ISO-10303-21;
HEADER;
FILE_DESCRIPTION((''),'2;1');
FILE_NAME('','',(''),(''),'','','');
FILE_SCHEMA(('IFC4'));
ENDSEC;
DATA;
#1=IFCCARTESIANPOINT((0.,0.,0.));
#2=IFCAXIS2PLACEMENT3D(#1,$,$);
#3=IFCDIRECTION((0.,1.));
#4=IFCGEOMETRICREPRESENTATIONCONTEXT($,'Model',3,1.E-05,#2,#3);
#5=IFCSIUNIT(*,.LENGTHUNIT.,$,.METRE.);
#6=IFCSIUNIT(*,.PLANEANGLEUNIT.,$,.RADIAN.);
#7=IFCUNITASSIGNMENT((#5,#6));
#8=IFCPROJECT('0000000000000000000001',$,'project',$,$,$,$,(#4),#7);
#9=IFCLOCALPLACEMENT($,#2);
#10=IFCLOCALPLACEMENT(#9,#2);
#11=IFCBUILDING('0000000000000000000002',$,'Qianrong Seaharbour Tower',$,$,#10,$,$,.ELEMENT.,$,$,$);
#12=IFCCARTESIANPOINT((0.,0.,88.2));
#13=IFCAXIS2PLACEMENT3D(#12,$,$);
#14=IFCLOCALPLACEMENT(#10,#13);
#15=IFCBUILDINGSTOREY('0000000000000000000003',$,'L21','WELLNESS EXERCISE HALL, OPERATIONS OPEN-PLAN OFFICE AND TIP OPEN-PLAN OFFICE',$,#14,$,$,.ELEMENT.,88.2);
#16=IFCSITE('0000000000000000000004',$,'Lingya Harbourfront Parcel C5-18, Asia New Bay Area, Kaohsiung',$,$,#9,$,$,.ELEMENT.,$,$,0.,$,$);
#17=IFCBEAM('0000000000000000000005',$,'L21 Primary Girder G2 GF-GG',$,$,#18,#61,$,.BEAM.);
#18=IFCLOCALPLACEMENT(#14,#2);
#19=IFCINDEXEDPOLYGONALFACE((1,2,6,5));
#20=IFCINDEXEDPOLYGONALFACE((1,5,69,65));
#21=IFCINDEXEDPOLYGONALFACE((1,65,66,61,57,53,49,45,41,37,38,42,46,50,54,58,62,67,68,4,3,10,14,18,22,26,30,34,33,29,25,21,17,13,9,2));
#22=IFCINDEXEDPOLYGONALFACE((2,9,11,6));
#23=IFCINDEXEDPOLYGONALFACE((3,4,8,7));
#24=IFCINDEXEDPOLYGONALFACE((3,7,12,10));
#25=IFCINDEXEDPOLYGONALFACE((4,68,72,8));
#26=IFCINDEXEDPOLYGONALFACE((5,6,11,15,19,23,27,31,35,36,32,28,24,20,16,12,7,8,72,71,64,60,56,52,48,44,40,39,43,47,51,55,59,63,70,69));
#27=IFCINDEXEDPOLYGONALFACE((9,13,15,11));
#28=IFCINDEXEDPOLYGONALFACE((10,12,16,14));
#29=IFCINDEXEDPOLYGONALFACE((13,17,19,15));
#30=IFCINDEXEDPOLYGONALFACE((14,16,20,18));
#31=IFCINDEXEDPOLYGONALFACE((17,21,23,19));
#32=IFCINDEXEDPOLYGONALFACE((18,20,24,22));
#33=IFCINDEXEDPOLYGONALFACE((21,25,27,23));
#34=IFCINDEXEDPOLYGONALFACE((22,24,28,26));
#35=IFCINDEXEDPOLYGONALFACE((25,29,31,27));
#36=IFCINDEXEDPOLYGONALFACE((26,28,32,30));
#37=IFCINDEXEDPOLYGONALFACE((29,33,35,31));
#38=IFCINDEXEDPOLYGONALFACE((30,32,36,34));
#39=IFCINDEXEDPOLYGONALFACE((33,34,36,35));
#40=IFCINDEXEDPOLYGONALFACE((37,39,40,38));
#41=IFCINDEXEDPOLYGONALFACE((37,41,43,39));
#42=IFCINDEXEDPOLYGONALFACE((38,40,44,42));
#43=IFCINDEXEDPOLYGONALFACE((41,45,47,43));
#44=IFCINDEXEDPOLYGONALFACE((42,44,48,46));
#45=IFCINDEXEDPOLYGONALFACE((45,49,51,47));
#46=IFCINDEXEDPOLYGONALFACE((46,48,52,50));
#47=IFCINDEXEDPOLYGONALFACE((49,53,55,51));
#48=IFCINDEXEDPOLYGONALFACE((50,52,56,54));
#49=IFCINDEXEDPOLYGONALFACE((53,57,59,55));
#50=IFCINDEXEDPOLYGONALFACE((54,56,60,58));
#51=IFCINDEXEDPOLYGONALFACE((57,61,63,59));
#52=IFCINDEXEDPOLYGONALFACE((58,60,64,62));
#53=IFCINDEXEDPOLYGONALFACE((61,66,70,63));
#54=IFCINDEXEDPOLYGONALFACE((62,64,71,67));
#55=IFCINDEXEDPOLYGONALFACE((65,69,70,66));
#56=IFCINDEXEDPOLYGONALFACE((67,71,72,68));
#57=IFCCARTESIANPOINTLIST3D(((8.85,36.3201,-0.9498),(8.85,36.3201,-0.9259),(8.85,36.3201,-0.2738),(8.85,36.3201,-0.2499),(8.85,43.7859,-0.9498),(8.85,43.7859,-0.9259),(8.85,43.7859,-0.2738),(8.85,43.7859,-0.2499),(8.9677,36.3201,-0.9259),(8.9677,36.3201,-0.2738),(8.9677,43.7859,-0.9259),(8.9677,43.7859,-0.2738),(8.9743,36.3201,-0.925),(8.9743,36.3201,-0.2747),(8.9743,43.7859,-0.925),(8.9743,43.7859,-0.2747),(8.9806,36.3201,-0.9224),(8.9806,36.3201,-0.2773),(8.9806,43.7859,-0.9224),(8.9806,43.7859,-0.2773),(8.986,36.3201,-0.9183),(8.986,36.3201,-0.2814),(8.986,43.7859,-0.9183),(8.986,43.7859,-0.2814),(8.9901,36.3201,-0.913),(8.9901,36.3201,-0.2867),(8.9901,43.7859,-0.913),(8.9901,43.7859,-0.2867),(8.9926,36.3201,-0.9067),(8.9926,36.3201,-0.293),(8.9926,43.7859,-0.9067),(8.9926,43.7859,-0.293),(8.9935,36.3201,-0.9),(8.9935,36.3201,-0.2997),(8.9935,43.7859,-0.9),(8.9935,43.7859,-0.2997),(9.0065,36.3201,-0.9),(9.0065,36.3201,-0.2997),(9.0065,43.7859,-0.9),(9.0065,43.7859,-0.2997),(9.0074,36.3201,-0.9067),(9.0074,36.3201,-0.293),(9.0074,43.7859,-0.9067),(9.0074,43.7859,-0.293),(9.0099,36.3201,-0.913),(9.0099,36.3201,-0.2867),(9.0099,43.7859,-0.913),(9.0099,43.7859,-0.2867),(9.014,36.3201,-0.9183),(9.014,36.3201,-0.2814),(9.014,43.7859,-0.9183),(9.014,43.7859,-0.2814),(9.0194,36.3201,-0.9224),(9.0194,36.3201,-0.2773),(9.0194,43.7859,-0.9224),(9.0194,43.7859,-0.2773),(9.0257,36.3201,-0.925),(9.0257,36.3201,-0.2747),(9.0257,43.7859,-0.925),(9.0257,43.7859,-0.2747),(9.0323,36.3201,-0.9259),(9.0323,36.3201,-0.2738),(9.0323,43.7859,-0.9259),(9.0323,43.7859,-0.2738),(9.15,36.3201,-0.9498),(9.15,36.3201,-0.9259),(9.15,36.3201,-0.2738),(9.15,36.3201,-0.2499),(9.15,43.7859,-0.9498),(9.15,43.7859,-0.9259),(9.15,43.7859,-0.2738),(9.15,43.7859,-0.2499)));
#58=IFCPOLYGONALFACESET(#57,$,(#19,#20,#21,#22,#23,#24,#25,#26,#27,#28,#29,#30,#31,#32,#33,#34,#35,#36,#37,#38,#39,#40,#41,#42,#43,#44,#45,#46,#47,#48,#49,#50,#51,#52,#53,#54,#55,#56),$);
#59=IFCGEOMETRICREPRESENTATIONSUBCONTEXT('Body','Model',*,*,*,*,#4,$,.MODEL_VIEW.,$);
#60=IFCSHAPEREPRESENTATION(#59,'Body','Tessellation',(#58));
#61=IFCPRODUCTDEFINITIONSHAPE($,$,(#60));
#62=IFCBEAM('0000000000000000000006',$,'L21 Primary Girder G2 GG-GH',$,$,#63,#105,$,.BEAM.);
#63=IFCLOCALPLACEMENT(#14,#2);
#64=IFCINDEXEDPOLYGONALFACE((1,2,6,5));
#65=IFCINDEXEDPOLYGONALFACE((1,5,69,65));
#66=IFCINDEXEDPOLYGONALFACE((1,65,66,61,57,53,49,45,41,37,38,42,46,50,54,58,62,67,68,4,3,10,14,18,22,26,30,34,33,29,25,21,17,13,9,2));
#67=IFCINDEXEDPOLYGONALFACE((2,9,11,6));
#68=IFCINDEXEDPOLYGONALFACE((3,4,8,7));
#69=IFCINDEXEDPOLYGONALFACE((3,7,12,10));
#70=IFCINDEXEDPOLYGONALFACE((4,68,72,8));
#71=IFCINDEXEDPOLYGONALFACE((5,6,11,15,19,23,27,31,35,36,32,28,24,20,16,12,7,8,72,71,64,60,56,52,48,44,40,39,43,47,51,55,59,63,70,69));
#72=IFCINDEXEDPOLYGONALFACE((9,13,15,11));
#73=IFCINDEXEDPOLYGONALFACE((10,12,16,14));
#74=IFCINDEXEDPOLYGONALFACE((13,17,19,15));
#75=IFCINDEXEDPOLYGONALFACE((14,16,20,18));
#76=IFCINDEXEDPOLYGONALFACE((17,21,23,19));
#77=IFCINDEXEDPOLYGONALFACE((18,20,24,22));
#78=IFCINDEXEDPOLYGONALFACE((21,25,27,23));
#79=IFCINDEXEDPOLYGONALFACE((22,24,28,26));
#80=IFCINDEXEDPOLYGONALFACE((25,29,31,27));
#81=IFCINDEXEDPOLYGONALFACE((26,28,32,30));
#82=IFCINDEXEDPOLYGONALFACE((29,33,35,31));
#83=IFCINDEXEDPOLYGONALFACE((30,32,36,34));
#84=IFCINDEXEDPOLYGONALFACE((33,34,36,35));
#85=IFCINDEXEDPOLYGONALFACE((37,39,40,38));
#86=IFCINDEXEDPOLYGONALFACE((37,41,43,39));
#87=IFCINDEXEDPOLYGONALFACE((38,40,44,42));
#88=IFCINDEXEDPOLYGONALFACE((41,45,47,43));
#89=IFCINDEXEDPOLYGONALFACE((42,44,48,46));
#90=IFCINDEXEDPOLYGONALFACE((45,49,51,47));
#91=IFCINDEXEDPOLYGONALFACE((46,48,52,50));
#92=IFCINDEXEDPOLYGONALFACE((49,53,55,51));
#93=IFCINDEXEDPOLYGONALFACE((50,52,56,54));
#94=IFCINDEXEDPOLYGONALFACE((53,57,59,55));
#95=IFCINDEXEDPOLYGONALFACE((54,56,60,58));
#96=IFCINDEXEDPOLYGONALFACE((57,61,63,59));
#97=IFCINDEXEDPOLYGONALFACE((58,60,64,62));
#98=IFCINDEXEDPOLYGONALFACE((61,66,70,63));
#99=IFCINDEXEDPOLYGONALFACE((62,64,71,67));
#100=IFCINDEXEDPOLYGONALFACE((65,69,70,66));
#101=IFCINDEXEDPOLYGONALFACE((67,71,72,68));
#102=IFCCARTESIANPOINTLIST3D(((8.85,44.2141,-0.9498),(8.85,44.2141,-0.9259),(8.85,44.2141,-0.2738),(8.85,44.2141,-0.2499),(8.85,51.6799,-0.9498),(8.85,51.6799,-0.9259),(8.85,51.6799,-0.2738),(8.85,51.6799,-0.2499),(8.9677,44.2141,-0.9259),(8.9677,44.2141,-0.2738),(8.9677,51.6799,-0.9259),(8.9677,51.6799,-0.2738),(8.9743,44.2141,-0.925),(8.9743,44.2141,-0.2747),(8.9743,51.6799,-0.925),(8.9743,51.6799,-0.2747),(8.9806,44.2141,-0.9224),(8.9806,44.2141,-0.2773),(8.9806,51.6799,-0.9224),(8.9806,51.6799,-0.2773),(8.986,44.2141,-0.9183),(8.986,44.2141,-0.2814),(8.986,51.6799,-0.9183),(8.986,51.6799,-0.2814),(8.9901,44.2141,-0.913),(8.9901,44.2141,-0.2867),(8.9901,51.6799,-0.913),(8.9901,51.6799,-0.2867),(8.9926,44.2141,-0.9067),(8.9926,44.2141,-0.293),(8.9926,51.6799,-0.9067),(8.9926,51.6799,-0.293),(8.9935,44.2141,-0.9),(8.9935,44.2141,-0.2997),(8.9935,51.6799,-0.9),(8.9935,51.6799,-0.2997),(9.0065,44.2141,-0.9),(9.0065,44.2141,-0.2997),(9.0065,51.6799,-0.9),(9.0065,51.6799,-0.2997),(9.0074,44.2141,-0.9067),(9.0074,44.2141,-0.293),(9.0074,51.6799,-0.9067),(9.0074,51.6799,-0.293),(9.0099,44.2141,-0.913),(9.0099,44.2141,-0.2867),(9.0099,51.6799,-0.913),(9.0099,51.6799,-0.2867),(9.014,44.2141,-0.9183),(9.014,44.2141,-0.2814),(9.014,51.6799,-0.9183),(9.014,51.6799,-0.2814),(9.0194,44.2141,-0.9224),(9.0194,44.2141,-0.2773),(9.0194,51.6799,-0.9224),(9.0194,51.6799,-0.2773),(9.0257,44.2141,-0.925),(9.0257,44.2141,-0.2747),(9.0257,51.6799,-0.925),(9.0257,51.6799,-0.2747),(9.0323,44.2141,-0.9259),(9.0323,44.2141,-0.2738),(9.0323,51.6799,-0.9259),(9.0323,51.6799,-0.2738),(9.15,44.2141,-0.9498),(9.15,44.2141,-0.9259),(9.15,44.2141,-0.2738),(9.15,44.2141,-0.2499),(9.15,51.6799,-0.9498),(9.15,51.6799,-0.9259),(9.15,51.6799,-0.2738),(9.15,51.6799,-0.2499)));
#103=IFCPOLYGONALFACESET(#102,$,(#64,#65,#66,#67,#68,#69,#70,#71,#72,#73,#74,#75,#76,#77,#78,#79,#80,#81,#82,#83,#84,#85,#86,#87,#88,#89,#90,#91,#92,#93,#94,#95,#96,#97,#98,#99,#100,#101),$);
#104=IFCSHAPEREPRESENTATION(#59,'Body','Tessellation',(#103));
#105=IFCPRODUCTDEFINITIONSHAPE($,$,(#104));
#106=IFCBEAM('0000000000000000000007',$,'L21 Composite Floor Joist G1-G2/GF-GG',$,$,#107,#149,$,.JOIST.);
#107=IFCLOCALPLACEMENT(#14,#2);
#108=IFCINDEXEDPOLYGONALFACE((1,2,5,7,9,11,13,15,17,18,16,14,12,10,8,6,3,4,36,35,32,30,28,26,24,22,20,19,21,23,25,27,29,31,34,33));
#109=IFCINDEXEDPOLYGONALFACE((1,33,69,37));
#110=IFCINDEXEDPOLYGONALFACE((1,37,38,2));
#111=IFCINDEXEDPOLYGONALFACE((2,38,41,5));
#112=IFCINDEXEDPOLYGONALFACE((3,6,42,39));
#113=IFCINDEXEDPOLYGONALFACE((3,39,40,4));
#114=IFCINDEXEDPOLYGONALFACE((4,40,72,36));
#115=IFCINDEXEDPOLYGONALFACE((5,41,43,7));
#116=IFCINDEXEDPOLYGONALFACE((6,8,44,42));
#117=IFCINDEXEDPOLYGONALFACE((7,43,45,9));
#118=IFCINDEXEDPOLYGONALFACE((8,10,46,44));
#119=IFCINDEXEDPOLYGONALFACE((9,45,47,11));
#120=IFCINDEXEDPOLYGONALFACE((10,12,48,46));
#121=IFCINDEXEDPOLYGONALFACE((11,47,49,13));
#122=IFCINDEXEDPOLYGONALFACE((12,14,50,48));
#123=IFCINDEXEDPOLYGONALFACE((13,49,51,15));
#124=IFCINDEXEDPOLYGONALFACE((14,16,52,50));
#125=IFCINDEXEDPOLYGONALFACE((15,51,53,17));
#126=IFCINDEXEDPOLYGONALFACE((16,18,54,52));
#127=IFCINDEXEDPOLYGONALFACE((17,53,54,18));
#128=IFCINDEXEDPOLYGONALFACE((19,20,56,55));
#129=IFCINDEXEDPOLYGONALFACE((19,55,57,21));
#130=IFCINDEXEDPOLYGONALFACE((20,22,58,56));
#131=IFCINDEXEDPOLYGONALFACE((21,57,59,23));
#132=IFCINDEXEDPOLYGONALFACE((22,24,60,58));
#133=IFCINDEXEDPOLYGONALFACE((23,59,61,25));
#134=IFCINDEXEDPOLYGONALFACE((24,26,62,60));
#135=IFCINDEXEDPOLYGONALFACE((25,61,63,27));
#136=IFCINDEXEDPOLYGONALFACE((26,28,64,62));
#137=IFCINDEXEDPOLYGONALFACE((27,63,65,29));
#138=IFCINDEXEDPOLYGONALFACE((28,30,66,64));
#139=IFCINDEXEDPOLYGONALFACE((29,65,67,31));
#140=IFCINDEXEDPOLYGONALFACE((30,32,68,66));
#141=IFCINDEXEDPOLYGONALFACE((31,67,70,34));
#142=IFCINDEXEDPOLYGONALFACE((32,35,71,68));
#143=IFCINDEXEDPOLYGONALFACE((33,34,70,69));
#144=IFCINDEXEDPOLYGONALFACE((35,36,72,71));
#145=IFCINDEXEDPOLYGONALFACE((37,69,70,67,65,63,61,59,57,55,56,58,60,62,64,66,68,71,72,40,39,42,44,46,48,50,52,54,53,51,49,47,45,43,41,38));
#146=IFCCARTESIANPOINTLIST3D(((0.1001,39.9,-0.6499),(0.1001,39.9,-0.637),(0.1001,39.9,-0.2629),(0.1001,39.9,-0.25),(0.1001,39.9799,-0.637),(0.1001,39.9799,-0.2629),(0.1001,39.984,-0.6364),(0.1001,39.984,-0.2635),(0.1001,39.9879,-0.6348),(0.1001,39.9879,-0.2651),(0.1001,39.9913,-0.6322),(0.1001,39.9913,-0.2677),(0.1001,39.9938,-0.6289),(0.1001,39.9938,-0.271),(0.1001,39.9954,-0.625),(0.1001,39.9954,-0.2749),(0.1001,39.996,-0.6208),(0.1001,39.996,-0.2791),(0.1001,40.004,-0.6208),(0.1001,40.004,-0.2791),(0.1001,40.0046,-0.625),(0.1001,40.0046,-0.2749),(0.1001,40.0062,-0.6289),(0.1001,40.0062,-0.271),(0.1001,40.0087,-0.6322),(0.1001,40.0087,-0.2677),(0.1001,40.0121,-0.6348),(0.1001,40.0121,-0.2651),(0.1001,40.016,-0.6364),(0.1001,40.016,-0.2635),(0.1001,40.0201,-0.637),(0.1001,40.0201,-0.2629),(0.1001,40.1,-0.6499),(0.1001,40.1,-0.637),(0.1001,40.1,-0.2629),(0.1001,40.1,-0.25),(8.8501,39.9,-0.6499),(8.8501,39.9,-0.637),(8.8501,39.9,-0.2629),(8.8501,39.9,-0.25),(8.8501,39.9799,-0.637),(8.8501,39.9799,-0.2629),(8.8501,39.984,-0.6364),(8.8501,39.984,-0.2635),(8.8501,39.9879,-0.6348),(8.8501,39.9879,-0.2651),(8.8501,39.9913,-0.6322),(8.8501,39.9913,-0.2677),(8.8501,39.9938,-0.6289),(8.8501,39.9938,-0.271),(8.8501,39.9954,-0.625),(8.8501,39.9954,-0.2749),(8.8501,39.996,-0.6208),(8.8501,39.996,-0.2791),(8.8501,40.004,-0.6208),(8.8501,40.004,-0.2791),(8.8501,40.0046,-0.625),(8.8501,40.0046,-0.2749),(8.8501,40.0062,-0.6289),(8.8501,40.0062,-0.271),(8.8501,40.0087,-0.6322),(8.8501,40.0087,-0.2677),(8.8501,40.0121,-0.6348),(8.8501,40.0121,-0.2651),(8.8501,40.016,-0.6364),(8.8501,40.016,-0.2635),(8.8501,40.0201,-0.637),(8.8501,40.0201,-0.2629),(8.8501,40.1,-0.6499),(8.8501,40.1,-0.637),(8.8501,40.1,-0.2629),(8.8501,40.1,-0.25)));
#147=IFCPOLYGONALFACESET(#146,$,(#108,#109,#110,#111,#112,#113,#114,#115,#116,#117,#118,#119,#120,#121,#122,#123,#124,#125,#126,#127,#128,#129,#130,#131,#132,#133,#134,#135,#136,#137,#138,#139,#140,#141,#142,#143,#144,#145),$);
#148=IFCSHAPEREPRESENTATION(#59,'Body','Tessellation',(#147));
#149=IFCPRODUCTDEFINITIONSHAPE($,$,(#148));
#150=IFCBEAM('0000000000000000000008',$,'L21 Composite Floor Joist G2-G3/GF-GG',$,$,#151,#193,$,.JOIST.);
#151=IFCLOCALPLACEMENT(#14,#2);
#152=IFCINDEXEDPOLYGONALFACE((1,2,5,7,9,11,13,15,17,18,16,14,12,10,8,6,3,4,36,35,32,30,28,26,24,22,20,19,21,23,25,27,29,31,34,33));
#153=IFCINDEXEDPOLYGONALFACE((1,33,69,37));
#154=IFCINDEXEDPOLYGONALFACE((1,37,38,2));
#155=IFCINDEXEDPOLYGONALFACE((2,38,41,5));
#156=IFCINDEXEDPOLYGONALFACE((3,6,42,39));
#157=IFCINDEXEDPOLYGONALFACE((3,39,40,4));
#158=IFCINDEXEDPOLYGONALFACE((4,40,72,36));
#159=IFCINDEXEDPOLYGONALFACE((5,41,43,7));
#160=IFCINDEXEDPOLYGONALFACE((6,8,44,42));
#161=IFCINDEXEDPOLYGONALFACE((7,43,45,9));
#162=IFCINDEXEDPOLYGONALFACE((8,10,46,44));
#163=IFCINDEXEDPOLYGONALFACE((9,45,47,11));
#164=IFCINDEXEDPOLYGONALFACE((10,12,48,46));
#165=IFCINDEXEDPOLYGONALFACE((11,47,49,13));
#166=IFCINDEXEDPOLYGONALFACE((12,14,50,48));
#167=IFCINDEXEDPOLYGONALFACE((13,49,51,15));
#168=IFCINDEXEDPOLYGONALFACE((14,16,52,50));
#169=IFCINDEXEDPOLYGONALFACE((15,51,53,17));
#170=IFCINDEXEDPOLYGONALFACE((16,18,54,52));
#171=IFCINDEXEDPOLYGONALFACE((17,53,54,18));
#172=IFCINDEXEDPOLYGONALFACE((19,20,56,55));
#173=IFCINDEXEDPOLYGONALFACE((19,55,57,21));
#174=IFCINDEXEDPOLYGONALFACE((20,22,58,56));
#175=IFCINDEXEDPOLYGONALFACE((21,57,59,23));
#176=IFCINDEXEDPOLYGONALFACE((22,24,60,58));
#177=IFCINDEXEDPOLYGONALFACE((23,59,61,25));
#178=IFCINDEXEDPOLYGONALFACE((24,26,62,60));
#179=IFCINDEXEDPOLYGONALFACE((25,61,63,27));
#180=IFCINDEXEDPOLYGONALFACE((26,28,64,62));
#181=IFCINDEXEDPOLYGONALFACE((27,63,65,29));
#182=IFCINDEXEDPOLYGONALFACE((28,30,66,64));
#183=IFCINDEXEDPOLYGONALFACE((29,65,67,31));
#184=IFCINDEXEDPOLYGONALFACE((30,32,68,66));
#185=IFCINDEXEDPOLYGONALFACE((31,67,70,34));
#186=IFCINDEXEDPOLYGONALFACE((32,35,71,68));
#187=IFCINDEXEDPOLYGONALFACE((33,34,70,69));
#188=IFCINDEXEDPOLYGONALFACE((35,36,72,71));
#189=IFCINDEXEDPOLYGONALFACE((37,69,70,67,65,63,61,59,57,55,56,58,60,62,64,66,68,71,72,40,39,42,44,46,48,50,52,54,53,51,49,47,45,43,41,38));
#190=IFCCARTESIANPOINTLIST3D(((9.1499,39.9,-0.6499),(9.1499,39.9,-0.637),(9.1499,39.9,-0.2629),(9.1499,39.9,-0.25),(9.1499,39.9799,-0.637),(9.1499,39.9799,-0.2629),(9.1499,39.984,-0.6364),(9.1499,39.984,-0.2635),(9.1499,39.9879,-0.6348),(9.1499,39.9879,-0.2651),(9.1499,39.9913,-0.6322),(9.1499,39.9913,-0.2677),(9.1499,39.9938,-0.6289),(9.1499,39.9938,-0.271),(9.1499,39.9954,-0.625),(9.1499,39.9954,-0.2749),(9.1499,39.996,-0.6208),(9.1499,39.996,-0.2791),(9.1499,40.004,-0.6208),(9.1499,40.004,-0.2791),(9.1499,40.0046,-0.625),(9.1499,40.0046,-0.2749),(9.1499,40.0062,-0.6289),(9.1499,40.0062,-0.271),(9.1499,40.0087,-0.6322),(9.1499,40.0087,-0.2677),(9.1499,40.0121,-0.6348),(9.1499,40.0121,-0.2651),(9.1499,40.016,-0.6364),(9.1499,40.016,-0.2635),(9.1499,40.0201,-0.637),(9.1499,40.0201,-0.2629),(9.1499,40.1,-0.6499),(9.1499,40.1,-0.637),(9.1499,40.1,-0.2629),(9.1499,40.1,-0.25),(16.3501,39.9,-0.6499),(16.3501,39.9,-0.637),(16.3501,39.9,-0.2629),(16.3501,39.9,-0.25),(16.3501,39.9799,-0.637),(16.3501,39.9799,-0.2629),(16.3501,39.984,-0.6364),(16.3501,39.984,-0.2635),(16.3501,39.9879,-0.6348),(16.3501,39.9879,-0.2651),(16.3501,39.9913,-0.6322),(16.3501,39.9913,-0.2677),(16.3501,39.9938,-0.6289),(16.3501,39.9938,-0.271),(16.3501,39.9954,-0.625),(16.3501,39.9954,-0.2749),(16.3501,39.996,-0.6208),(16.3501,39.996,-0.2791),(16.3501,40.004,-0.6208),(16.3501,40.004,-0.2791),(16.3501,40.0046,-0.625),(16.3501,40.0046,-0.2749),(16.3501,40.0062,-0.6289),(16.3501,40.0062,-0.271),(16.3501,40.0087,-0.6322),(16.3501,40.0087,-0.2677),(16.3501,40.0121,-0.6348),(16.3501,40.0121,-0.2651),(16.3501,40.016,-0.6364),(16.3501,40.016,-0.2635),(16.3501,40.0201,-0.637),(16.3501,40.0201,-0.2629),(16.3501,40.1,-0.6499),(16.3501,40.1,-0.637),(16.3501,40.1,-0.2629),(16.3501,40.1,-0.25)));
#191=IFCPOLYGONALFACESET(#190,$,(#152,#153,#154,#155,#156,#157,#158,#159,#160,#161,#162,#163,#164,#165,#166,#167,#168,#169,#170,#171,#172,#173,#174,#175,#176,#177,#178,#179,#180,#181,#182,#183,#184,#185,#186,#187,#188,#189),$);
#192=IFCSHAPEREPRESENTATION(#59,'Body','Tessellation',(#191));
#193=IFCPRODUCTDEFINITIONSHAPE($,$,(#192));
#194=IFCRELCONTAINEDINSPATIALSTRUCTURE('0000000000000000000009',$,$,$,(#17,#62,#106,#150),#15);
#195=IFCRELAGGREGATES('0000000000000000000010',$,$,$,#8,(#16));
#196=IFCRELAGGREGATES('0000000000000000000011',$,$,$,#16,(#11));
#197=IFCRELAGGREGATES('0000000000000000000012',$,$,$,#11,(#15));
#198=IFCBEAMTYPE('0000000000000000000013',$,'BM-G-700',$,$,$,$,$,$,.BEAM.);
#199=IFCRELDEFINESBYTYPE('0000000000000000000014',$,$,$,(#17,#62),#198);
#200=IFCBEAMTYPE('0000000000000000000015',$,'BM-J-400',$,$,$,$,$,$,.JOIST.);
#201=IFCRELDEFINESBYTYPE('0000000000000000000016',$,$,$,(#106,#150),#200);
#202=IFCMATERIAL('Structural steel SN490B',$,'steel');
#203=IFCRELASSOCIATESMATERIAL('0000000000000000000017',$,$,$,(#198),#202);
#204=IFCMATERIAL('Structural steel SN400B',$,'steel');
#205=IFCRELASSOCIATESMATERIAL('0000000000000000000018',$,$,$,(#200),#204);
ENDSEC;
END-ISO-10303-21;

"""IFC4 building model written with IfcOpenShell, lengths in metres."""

from ifc_helpers import new_model, si_unit, direction, frame, origin, origin_2d, place, context, subcontext, project, spatial, i_section, extrude, material, material_profile, profile_set, type_object, element, save


model = new_model("IFC4")

# Units and contexts
model_context = context("Model", 3, precision=1e-05, world=origin(), true_north=direction((0.0, 1.0)))
body_context = subcontext(model_context, "Body", "Model", "MODEL_VIEW")
ifc_project = project(units=[si_unit("LENGTHUNIT", "METRE"), si_unit("PLANEANGLEUNIT", "RADIAN")], contexts=[model_context])

# Site, building, storey
site_placement = place(None, origin())
site = spatial("IfcSite", under=ifc_project, at=site_placement, Name="Lingya Harbourfront Parcel C5-18, Asia New Bay Area, Kaohsiung", CompositionType="ELEMENT", RefElevation=0.0)
building_placement = place(site_placement, origin())
building = spatial("IfcBuilding", under=site, at=building_placement, Name="Qianrong Seaharbour Tower", CompositionType="ELEMENT")
storey_placement = place(building_placement, frame((0.0, 0.0, 88.2)))
storey = spatial("IfcBuildingStorey", under=building, at=storey_placement, Name="L21", Description="WELLNESS EXERCISE HALL, OPERATIONS OPEN-PLAN OFFICE AND TIP OPEN-PLAN OFFICE", CompositionType="ELEMENT", Elevation=88.2)

# Shared definitions
ifc_material_1 = material(Name="Structural steel SN490B", Category="steel")

# Beams
ifc_material_profile_1 = material_profile(ifc_material_1, i_section(OverallWidth=0.3, OverallDepth=0.7, WebThickness=0.0129, FlangeThickness=0.0239, FilletRadius=0.0259, at=origin_2d()), Name="H700x300x13x24")
ifc_profile_set_1 = profile_set([ifc_material_profile_1], Name="Structural steel SN490B")
beam_type_1 = type_object("IfcBeamType", Name="BM-G-700", PredefinedType="BEAM", material=ifc_profile_set_1)
for number, where, z_axis, x_axis, name in (
    (1, (9.0, 36.3201, -0.5999), (0.0, 1.0, 0.0), (-1.0, 0.0, 0.0), "L21 Primary Girder G2 GF-GG"),
    (2, (9.0, 44.2141, -0.5999), (0.0, 1.0, 0.0), (-1.0, 0.0, 0.0), "L21 Primary Girder G2 GG-GH"),
):
    element("IfcBeam", number, at=place(storey_placement, frame(where, z_axis=z_axis, x_axis=x_axis)), inside=storey, type_object=beam_type_1, Name=name, PredefinedType="BEAM", context=body_context, shape_type="SweptSolid", body=[
        extrude(i_section(OverallWidth=0.3, OverallDepth=0.7, WebThickness=0.0129, FlangeThickness=0.0239, FilletRadius=0.0259, at=origin_2d()), origin(), (0.0, 0.0, 1.0), 7.4658),
    ])
ifc_material_2 = material(Name="Structural steel SN400B", Category="steel")
ifc_material_profile_2 = material_profile(ifc_material_2, i_section(OverallWidth=0.2, OverallDepth=0.3999, WebThickness=0.0081, FlangeThickness=0.0129, FilletRadius=0.0161, at=origin_2d()), Name="H400x200x8x13")
ifc_profile_set_2 = profile_set([ifc_material_profile_2], Name="Structural steel SN400B")
beam_type_2 = type_object("IfcBeamType", Name="BM-J-400", PredefinedType="JOIST", material=ifc_profile_set_2)
beam_1_placement = place(storey_placement, frame((0.1001, 40.0, -0.45), z_axis=(1.0, 0.0, 0.0), x_axis=(0.0, 1.0, 0.0)))
element("IfcBeam", 3, at=beam_1_placement, inside=storey, type_object=beam_type_2, Name="L21 Composite Floor Joist G1-G2/GF-GG", PredefinedType="JOIST", context=body_context, shape_type="SweptSolid", body=[
    extrude(i_section(OverallWidth=0.2, OverallDepth=0.3999, WebThickness=0.0081, FlangeThickness=0.0129, FilletRadius=0.0161, at=origin_2d()), origin(), (0.0, 0.0, 1.0), 8.75),
])
for number, where, z_axis, x_axis, name in (
    (4, (9.1499, 40.0, -0.45), (1.0, 0.0, 0.0), (0.0, 1.0, 0.0), "L21 Composite Floor Joist G2-G3/GF-GG"),
):
    element("IfcBeam", number, at=place(storey_placement, frame(where, z_axis=z_axis, x_axis=x_axis)), inside=storey, type_object=beam_type_2, Name=name, PredefinedType="JOIST", context=body_context, shape_type="SweptSolid", body=[
        extrude(i_section(OverallWidth=0.2, OverallDepth=0.3999, WebThickness=0.0081, FlangeThickness=0.0129, FilletRadius=0.0161, at=origin_2d()), origin(), (0.0, 0.0, 1.0), 7.2002),
    ])

save(model, "model.ifc")
